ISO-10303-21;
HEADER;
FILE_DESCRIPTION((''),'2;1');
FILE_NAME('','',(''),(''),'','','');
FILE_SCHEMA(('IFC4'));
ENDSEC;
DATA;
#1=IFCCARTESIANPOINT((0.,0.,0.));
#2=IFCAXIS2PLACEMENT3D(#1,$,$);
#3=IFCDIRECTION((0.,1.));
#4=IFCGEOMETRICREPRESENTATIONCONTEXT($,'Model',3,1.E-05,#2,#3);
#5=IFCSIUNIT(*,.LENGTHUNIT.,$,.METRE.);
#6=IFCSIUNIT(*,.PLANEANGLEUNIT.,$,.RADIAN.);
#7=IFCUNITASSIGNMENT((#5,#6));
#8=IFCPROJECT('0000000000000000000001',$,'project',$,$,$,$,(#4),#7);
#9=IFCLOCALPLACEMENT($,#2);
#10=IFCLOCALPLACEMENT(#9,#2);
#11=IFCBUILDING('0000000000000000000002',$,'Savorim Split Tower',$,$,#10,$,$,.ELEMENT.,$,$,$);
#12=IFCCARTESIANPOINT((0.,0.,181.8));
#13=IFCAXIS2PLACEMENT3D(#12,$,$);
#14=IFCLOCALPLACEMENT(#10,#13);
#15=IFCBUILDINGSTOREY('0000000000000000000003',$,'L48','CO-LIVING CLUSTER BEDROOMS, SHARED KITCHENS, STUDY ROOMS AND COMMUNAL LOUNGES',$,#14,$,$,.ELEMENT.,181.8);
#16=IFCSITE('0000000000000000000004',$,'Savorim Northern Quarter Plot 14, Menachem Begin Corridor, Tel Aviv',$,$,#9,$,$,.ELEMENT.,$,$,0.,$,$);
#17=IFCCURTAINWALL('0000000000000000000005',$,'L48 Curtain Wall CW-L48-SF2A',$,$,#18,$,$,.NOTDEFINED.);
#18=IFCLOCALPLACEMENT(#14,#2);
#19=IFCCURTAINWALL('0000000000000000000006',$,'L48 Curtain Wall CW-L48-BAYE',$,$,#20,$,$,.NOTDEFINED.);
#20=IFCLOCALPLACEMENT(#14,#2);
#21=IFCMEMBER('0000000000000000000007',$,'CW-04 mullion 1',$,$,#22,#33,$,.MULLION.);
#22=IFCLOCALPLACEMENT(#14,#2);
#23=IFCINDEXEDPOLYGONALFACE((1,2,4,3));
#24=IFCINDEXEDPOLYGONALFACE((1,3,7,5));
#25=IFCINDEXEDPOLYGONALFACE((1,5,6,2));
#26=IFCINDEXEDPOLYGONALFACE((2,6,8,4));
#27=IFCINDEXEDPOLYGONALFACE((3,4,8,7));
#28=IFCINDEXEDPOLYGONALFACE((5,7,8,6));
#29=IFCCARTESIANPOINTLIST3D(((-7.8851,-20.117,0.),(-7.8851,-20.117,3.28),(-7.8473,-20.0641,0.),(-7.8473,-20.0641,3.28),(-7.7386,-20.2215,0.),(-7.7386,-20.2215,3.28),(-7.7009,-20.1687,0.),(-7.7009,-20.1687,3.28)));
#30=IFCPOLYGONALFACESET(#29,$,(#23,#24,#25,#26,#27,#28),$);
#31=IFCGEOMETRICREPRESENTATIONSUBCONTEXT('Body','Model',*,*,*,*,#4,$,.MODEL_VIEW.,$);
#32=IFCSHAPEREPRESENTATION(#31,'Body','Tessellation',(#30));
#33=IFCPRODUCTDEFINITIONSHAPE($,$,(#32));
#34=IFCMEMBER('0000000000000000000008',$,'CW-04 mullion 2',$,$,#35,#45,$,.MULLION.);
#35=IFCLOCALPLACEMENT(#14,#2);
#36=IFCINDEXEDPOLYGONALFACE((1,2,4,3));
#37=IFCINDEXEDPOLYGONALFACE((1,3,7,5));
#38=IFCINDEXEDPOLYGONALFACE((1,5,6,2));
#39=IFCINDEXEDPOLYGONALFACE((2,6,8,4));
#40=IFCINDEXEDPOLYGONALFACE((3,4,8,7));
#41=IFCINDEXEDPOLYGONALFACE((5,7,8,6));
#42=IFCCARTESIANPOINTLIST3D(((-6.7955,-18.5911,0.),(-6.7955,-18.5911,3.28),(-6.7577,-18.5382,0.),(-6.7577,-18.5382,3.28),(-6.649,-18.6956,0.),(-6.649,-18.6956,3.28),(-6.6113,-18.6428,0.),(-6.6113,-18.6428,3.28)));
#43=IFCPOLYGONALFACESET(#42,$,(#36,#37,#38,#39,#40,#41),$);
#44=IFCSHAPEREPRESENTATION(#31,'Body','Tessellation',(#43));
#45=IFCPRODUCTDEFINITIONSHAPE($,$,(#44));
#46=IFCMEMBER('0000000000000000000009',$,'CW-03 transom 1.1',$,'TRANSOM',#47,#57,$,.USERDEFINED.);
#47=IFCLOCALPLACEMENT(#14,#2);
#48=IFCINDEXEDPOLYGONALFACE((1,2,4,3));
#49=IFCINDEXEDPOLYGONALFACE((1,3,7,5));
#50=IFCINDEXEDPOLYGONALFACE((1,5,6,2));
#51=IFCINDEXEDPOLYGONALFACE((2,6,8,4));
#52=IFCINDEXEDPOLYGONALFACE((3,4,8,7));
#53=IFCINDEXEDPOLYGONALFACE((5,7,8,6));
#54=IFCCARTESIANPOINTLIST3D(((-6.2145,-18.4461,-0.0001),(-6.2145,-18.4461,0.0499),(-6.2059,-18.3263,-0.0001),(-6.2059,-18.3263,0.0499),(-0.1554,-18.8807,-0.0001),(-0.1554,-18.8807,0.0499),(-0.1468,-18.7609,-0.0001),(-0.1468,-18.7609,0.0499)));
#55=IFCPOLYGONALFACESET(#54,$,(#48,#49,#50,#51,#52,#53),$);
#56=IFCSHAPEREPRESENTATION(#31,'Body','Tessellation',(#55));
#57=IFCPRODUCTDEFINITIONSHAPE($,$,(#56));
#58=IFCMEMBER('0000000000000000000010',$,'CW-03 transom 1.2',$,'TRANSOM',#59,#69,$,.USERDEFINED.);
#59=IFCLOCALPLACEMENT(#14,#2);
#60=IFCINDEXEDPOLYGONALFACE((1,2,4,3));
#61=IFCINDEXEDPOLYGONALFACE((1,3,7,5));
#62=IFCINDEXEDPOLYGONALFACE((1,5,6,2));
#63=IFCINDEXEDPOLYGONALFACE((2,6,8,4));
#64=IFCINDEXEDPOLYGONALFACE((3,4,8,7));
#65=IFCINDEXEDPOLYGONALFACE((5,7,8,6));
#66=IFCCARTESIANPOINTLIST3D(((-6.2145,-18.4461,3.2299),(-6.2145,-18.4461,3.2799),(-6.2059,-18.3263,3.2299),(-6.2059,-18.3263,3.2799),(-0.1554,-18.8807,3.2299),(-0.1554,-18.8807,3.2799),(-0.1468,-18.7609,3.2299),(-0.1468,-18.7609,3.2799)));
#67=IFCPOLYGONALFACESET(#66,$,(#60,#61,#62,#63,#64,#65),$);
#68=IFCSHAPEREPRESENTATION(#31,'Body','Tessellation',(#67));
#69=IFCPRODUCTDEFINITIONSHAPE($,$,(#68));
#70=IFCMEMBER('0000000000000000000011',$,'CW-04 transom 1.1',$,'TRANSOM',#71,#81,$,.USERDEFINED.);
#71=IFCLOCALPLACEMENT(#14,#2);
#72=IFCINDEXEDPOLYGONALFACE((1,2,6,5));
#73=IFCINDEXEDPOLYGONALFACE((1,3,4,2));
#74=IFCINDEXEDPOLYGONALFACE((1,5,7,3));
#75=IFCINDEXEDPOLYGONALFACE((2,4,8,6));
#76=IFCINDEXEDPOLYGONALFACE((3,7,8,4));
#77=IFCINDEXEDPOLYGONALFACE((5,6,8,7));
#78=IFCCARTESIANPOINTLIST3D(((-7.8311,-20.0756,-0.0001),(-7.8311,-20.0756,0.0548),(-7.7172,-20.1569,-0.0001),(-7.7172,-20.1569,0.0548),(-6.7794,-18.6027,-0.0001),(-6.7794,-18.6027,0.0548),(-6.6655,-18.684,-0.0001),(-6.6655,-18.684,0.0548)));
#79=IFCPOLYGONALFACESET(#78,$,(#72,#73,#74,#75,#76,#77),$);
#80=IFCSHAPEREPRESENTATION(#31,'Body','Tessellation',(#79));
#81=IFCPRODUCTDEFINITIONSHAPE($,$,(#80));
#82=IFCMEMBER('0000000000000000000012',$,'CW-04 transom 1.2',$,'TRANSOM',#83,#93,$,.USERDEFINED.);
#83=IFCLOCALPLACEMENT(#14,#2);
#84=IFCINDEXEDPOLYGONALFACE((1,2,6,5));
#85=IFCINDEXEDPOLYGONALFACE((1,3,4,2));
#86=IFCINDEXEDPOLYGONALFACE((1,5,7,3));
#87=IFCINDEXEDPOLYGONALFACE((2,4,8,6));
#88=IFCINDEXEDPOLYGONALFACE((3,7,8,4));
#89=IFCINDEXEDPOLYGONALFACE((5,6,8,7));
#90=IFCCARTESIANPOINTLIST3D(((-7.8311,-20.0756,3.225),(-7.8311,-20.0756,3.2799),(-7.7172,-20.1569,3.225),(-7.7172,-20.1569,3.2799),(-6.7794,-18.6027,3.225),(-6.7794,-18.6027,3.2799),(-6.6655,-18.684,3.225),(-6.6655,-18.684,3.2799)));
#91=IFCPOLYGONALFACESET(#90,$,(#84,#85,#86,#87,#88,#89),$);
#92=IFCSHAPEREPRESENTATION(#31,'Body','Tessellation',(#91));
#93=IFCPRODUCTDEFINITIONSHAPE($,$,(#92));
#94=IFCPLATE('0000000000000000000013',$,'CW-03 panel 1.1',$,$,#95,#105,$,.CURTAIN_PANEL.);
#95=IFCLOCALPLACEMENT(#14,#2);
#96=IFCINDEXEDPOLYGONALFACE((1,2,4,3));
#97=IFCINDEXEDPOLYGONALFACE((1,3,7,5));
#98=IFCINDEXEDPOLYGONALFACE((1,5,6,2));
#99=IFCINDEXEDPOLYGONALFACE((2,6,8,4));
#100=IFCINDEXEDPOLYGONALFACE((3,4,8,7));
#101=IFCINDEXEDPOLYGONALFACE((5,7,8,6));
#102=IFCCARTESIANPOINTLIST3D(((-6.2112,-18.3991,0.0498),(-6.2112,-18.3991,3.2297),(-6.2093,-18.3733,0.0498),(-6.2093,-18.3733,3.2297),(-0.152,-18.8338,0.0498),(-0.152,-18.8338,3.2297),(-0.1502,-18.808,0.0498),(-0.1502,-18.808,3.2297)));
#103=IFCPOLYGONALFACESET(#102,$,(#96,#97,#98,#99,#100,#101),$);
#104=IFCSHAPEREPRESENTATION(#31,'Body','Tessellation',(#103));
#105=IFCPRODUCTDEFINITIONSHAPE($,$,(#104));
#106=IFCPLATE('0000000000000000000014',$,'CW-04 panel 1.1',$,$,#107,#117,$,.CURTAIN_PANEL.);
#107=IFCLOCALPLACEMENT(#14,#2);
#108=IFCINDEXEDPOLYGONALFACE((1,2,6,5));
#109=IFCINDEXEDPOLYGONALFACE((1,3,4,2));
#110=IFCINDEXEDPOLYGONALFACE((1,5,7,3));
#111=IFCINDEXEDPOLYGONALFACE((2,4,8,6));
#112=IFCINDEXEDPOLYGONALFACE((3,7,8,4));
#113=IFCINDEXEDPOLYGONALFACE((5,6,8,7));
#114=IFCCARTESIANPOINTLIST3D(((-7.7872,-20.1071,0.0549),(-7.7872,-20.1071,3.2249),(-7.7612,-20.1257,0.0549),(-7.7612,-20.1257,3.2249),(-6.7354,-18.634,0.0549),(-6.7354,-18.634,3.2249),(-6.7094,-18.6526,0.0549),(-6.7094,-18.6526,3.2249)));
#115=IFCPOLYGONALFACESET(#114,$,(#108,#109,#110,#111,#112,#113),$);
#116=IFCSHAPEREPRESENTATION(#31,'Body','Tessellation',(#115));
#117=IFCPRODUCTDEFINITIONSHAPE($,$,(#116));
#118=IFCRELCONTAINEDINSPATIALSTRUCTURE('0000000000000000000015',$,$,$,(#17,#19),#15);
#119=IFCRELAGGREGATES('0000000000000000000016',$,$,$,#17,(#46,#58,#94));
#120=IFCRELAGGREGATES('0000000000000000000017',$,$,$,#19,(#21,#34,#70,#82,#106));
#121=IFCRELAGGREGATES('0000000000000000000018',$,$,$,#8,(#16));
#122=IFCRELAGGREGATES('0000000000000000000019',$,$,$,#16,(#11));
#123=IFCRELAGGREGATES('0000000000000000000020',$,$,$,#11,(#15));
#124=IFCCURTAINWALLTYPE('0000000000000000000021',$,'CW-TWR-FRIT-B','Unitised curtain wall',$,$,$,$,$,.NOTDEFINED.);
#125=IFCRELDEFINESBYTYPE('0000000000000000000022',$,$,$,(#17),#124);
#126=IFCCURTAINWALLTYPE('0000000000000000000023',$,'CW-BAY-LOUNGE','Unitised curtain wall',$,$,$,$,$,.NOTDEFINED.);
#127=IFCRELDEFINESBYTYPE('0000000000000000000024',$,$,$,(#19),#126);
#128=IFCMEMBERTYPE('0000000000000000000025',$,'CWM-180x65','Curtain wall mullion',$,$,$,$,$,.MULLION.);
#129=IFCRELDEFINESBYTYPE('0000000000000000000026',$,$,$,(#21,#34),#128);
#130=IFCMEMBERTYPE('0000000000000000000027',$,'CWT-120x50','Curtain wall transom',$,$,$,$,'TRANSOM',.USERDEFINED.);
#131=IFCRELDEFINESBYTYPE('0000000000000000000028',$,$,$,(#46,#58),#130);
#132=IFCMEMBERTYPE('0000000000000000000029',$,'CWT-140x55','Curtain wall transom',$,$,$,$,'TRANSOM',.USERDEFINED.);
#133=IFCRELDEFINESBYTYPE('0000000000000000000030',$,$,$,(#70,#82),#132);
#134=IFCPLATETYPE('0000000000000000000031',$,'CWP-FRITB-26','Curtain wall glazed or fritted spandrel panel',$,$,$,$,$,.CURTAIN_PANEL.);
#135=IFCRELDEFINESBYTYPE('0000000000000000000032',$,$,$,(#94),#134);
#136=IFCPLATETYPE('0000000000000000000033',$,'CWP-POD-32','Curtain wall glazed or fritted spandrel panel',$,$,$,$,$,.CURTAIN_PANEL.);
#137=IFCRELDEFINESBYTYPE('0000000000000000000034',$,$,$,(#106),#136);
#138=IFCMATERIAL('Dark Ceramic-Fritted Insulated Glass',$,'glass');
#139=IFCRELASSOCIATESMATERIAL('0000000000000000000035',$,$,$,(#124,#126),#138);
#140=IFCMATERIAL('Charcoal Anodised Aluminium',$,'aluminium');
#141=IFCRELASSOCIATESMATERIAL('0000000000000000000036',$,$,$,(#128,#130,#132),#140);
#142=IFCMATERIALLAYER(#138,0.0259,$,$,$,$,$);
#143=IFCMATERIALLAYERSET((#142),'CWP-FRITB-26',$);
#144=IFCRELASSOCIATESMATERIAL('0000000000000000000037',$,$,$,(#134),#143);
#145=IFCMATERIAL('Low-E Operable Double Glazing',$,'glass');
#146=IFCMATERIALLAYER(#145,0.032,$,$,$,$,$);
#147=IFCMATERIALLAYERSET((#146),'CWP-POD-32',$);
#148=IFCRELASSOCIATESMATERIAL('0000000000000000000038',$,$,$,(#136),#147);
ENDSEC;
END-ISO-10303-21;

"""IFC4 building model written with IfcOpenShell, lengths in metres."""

from ifc_helpers import new_model, si_unit, direction, frame, origin, origin_2d, place, context, subcontext, project, spatial, rectangle, extrude, material, layer, layer_set, material_profile, profile_set, type_object, element, aggregate, save


model = new_model("IFC4")

# Units and contexts
model_context = context("Model", 3, precision=1e-05, world=origin(), true_north=direction((0.0, 1.0)))
body_context = subcontext(model_context, "Body", "Model", "MODEL_VIEW")
ifc_project = project(units=[si_unit("LENGTHUNIT", "METRE"), si_unit("PLANEANGLEUNIT", "RADIAN")], contexts=[model_context])

# Site, building, storey
site_placement = place(None, origin())
site = spatial("IfcSite", under=ifc_project, at=site_placement, Name="Savorim Northern Quarter Plot 14, Menachem Begin Corridor, Tel Aviv", CompositionType="ELEMENT", RefElevation=0.0)
building_placement = place(site_placement, origin())
building = spatial("IfcBuilding", under=site, at=building_placement, Name="Savorim Split Tower", CompositionType="ELEMENT")
storey_placement = place(building_placement, frame((0.0, 0.0, 181.8)))
storey = spatial("IfcBuildingStorey", under=building, at=storey_placement, Name="L48", Description="CO-LIVING CLUSTER BEDROOMS, SHARED KITCHENS, STUDY ROOMS AND COMMUNAL LOUNGES", CompositionType="ELEMENT", Elevation=181.8)

# Curtain wall
ifc_material_1 = material(Name="Dark Ceramic-Fritted Insulated Glass", Category="glass")
curtain_wall_type_1 = type_object("IfcCurtainWallType", Name="CW-TWR-FRIT-B", Description="Unitised curtain wall", PredefinedType="NOTDEFINED", material=ifc_material_1)
curtain_wall_1_placement = place(storey_placement, origin())
curtain_wall_1 = element("IfcCurtainWall", 1, at=curtain_wall_1_placement, inside=storey, type_object=curtain_wall_type_1, Name="L48 Curtain Wall CW-L48-SF2A", PredefinedType="NOTDEFINED")
ifc_material_2 = material(Name="Charcoal Anodised Aluminium", Category="aluminium")

# Shared definitions
curtain_wall_type_2 = type_object("IfcCurtainWallType", Name="CW-BAY-LOUNGE", Description="Unitised curtain wall", PredefinedType="NOTDEFINED", material=ifc_material_1)
ifc_material_profile_1 = material_profile(ifc_material_2, rectangle(XDim=0.1799, YDim=0.0649, at=origin_2d()), Name="ALU-M 180x65")
ifc_profile_set_1 = profile_set([ifc_material_profile_1], Name="Charcoal Anodised Aluminium")
member_type_1 = type_object("IfcMemberType", Name="CWM-180x65", Description="Curtain wall mullion", PredefinedType="MULLION", material=ifc_profile_set_1)

# Curtain wall, members
curtain_wall_2_placement = place(storey_placement, origin())
curtain_wall_2 = element("IfcCurtainWall", 2, at=curtain_wall_2_placement, inside=storey, type_object=curtain_wall_type_2, Name="L48 Curtain Wall CW-L48-BAYE", PredefinedType="NOTDEFINED")
member_1_placement = place(storey_placement, frame((-7.793, -20.1428, 0.0), z_axis=(0.0, 0.0, 1.0), x_axis=(-0.813834, 0.581097, 0.0)))
member_1 = element("IfcMember", 3, at=member_1_placement, type_object=member_type_1, Name="CW-04 mullion 1", PredefinedType="MULLION", context=body_context, shape_type="SweptSolid", body=[
    extrude(rectangle(XDim=0.1799, YDim=0.0649, at=origin_2d()), origin(), (0.0, 0.0, 1.0), 3.28),
])
member_2_placement = place(storey_placement, frame((-6.7034, -18.6169, 0.0), z_axis=(0.0, 0.0, 1.0), x_axis=(-0.813834, 0.581097, 0.0)))
member_2 = element("IfcMember", 4, at=member_2_placement, type_object=member_type_1, Name="CW-04 mullion 2", PredefinedType="MULLION", context=body_context, shape_type="SweptSolid", body=[
    extrude(rectangle(XDim=0.1799, YDim=0.0649, at=origin_2d()), origin(), (0.0, 0.0, 1.0), 3.28),
])

# Members
ifc_material_profile_2 = material_profile(ifc_material_2, rectangle(XDim=0.1201, YDim=0.05, at=origin_2d()), Name="ALU-T 120x50")
ifc_profile_set_2 = profile_set([ifc_material_profile_2], Name="Charcoal Anodised Aluminium")
member_type_2 = type_object("IfcMemberType", Name="CWT-120x50", Description="Curtain wall transom", ElementType="TRANSOM", PredefinedType="USERDEFINED", material=ifc_profile_set_2)
member_3_placement = place(storey_placement, frame((-6.2102, -18.3862, 0.0249), z_axis=(0.997438, -0.071538, 0.0), x_axis=(0.071538, 0.997438, 0.0)))
member_3 = element("IfcMember", 5, at=member_3_placement, type_object=member_type_2, Name="CW-03 transom 1.1", ObjectType="TRANSOM", PredefinedType="USERDEFINED", context=body_context, shape_type="SweptSolid", body=[
    extrude(rectangle(XDim=0.1201, YDim=0.05, at=origin_2d()), origin(), (0.0, 0.0, 1.0), 6.0747),
])
member_4_placement = place(storey_placement, frame((-6.2102, -18.3862, 3.2549), z_axis=(0.997438, -0.071538, 0.0), x_axis=(0.071538, 0.997438, 0.0)))
member_4 = element("IfcMember", 6, at=member_4_placement, type_object=member_type_2, Name="CW-03 transom 1.2", ObjectType="TRANSOM", PredefinedType="USERDEFINED", context=body_context, shape_type="SweptSolid", body=[
    extrude(rectangle(XDim=0.1201, YDim=0.05, at=origin_2d()), origin(), (0.0, 0.0, 1.0), 6.0747),
])
ifc_material_profile_3 = material_profile(ifc_material_2, rectangle(XDim=0.1399, YDim=0.0549, at=origin_2d()), Name="ALU-T 140x55")
ifc_profile_set_3 = profile_set([ifc_material_profile_3], Name="Charcoal Anodised Aluminium")
member_type_3 = type_object("IfcMemberType", Name="CWT-140x55", Description="Curtain wall transom", ElementType="TRANSOM", PredefinedType="USERDEFINED", material=ifc_profile_set_3)
member_5_placement = place(storey_placement, frame((-7.7742, -20.1162, 0.0273), z_axis=(0.581123, 0.813815, 0.0), x_axis=(-0.813815, 0.581123, 0.0)))
member_5 = element("IfcMember", 7, at=member_5_placement, type_object=member_type_3, Name="CW-04 transom 1.1", ObjectType="TRANSOM", PredefinedType="USERDEFINED", context=body_context, shape_type="SweptSolid", body=[
    extrude(rectangle(XDim=0.1399, YDim=0.0549, at=origin_2d()), origin(), (0.0, 0.0, 1.0), 1.8098),
])
member_6_placement = place(storey_placement, frame((-7.7742, -20.1162, 3.2524), z_axis=(0.581123, 0.813815, 0.0), x_axis=(-0.813815, 0.581123, 0.0)))
member_6 = element("IfcMember", 8, at=member_6_placement, type_object=member_type_3, Name="CW-04 transom 1.2", ObjectType="TRANSOM", PredefinedType="USERDEFINED", context=body_context, shape_type="SweptSolid", body=[
    extrude(rectangle(XDim=0.1399, YDim=0.0549, at=origin_2d()), origin(), (0.0, 0.0, 1.0), 1.8098),
])

# Plates
ifc_layer_1 = layer(ifc_material_1, 0.0259)
ifc_layer_set_1 = layer_set([ifc_layer_1], Name="CWP-FRITB-26")
plate_type_1 = type_object("IfcPlateType", Name="CWP-FRITB-26", Description="Curtain wall glazed or fritted spandrel panel", PredefinedType="CURTAIN_PANEL", material=ifc_layer_set_1)
plate_1_placement = place(storey_placement, frame((-3.1807, -18.6035, 0.0498), z_axis=(0.0, 0.0, 1.0), x_axis=(0.997436, -0.071561, 0.0)))
plate_1 = element("IfcPlate", 9, at=plate_1_placement, type_object=plate_type_1, Name="CW-03 panel 1.1", PredefinedType="CURTAIN_PANEL", context=body_context, shape_type="SweptSolid", body=[
    extrude(rectangle(XDim=6.0747, YDim=0.0259, at=origin_2d()), origin(), (0.0, 0.0, 1.0), 3.1799),
])
aggregate(curtain_wall_1, [member_3, member_4, plate_1])
ifc_material_3 = material(Name="Low-E Operable Double Glazing", Category="glass")
ifc_layer_2 = layer(ifc_material_3, 0.032)
ifc_layer_set_2 = layer_set([ifc_layer_2], Name="CWP-POD-32")
plate_type_2 = type_object("IfcPlateType", Name="CWP-POD-32", Description="Curtain wall glazed or fritted spandrel panel", PredefinedType="CURTAIN_PANEL", material=ifc_layer_set_2)
plate_2_placement = place(storey_placement, frame((-7.2483, -19.3799, 0.0549), z_axis=(0.0, 0.0, 1.0), x_axis=(0.581097, 0.813834, 0.0)))
plate_2 = element("IfcPlate", 10, at=plate_2_placement, type_object=plate_type_2, Name="CW-04 panel 1.1", PredefinedType="CURTAIN_PANEL", context=body_context, shape_type="SweptSolid", body=[
    extrude(rectangle(XDim=1.8101, YDim=0.032, at=origin_2d()), origin(), (0.0, 0.0, 1.0), 3.1699),
])
aggregate(curtain_wall_2, [member_1, member_2, member_5, member_6, plate_2])

save(model, "model.ifc")
